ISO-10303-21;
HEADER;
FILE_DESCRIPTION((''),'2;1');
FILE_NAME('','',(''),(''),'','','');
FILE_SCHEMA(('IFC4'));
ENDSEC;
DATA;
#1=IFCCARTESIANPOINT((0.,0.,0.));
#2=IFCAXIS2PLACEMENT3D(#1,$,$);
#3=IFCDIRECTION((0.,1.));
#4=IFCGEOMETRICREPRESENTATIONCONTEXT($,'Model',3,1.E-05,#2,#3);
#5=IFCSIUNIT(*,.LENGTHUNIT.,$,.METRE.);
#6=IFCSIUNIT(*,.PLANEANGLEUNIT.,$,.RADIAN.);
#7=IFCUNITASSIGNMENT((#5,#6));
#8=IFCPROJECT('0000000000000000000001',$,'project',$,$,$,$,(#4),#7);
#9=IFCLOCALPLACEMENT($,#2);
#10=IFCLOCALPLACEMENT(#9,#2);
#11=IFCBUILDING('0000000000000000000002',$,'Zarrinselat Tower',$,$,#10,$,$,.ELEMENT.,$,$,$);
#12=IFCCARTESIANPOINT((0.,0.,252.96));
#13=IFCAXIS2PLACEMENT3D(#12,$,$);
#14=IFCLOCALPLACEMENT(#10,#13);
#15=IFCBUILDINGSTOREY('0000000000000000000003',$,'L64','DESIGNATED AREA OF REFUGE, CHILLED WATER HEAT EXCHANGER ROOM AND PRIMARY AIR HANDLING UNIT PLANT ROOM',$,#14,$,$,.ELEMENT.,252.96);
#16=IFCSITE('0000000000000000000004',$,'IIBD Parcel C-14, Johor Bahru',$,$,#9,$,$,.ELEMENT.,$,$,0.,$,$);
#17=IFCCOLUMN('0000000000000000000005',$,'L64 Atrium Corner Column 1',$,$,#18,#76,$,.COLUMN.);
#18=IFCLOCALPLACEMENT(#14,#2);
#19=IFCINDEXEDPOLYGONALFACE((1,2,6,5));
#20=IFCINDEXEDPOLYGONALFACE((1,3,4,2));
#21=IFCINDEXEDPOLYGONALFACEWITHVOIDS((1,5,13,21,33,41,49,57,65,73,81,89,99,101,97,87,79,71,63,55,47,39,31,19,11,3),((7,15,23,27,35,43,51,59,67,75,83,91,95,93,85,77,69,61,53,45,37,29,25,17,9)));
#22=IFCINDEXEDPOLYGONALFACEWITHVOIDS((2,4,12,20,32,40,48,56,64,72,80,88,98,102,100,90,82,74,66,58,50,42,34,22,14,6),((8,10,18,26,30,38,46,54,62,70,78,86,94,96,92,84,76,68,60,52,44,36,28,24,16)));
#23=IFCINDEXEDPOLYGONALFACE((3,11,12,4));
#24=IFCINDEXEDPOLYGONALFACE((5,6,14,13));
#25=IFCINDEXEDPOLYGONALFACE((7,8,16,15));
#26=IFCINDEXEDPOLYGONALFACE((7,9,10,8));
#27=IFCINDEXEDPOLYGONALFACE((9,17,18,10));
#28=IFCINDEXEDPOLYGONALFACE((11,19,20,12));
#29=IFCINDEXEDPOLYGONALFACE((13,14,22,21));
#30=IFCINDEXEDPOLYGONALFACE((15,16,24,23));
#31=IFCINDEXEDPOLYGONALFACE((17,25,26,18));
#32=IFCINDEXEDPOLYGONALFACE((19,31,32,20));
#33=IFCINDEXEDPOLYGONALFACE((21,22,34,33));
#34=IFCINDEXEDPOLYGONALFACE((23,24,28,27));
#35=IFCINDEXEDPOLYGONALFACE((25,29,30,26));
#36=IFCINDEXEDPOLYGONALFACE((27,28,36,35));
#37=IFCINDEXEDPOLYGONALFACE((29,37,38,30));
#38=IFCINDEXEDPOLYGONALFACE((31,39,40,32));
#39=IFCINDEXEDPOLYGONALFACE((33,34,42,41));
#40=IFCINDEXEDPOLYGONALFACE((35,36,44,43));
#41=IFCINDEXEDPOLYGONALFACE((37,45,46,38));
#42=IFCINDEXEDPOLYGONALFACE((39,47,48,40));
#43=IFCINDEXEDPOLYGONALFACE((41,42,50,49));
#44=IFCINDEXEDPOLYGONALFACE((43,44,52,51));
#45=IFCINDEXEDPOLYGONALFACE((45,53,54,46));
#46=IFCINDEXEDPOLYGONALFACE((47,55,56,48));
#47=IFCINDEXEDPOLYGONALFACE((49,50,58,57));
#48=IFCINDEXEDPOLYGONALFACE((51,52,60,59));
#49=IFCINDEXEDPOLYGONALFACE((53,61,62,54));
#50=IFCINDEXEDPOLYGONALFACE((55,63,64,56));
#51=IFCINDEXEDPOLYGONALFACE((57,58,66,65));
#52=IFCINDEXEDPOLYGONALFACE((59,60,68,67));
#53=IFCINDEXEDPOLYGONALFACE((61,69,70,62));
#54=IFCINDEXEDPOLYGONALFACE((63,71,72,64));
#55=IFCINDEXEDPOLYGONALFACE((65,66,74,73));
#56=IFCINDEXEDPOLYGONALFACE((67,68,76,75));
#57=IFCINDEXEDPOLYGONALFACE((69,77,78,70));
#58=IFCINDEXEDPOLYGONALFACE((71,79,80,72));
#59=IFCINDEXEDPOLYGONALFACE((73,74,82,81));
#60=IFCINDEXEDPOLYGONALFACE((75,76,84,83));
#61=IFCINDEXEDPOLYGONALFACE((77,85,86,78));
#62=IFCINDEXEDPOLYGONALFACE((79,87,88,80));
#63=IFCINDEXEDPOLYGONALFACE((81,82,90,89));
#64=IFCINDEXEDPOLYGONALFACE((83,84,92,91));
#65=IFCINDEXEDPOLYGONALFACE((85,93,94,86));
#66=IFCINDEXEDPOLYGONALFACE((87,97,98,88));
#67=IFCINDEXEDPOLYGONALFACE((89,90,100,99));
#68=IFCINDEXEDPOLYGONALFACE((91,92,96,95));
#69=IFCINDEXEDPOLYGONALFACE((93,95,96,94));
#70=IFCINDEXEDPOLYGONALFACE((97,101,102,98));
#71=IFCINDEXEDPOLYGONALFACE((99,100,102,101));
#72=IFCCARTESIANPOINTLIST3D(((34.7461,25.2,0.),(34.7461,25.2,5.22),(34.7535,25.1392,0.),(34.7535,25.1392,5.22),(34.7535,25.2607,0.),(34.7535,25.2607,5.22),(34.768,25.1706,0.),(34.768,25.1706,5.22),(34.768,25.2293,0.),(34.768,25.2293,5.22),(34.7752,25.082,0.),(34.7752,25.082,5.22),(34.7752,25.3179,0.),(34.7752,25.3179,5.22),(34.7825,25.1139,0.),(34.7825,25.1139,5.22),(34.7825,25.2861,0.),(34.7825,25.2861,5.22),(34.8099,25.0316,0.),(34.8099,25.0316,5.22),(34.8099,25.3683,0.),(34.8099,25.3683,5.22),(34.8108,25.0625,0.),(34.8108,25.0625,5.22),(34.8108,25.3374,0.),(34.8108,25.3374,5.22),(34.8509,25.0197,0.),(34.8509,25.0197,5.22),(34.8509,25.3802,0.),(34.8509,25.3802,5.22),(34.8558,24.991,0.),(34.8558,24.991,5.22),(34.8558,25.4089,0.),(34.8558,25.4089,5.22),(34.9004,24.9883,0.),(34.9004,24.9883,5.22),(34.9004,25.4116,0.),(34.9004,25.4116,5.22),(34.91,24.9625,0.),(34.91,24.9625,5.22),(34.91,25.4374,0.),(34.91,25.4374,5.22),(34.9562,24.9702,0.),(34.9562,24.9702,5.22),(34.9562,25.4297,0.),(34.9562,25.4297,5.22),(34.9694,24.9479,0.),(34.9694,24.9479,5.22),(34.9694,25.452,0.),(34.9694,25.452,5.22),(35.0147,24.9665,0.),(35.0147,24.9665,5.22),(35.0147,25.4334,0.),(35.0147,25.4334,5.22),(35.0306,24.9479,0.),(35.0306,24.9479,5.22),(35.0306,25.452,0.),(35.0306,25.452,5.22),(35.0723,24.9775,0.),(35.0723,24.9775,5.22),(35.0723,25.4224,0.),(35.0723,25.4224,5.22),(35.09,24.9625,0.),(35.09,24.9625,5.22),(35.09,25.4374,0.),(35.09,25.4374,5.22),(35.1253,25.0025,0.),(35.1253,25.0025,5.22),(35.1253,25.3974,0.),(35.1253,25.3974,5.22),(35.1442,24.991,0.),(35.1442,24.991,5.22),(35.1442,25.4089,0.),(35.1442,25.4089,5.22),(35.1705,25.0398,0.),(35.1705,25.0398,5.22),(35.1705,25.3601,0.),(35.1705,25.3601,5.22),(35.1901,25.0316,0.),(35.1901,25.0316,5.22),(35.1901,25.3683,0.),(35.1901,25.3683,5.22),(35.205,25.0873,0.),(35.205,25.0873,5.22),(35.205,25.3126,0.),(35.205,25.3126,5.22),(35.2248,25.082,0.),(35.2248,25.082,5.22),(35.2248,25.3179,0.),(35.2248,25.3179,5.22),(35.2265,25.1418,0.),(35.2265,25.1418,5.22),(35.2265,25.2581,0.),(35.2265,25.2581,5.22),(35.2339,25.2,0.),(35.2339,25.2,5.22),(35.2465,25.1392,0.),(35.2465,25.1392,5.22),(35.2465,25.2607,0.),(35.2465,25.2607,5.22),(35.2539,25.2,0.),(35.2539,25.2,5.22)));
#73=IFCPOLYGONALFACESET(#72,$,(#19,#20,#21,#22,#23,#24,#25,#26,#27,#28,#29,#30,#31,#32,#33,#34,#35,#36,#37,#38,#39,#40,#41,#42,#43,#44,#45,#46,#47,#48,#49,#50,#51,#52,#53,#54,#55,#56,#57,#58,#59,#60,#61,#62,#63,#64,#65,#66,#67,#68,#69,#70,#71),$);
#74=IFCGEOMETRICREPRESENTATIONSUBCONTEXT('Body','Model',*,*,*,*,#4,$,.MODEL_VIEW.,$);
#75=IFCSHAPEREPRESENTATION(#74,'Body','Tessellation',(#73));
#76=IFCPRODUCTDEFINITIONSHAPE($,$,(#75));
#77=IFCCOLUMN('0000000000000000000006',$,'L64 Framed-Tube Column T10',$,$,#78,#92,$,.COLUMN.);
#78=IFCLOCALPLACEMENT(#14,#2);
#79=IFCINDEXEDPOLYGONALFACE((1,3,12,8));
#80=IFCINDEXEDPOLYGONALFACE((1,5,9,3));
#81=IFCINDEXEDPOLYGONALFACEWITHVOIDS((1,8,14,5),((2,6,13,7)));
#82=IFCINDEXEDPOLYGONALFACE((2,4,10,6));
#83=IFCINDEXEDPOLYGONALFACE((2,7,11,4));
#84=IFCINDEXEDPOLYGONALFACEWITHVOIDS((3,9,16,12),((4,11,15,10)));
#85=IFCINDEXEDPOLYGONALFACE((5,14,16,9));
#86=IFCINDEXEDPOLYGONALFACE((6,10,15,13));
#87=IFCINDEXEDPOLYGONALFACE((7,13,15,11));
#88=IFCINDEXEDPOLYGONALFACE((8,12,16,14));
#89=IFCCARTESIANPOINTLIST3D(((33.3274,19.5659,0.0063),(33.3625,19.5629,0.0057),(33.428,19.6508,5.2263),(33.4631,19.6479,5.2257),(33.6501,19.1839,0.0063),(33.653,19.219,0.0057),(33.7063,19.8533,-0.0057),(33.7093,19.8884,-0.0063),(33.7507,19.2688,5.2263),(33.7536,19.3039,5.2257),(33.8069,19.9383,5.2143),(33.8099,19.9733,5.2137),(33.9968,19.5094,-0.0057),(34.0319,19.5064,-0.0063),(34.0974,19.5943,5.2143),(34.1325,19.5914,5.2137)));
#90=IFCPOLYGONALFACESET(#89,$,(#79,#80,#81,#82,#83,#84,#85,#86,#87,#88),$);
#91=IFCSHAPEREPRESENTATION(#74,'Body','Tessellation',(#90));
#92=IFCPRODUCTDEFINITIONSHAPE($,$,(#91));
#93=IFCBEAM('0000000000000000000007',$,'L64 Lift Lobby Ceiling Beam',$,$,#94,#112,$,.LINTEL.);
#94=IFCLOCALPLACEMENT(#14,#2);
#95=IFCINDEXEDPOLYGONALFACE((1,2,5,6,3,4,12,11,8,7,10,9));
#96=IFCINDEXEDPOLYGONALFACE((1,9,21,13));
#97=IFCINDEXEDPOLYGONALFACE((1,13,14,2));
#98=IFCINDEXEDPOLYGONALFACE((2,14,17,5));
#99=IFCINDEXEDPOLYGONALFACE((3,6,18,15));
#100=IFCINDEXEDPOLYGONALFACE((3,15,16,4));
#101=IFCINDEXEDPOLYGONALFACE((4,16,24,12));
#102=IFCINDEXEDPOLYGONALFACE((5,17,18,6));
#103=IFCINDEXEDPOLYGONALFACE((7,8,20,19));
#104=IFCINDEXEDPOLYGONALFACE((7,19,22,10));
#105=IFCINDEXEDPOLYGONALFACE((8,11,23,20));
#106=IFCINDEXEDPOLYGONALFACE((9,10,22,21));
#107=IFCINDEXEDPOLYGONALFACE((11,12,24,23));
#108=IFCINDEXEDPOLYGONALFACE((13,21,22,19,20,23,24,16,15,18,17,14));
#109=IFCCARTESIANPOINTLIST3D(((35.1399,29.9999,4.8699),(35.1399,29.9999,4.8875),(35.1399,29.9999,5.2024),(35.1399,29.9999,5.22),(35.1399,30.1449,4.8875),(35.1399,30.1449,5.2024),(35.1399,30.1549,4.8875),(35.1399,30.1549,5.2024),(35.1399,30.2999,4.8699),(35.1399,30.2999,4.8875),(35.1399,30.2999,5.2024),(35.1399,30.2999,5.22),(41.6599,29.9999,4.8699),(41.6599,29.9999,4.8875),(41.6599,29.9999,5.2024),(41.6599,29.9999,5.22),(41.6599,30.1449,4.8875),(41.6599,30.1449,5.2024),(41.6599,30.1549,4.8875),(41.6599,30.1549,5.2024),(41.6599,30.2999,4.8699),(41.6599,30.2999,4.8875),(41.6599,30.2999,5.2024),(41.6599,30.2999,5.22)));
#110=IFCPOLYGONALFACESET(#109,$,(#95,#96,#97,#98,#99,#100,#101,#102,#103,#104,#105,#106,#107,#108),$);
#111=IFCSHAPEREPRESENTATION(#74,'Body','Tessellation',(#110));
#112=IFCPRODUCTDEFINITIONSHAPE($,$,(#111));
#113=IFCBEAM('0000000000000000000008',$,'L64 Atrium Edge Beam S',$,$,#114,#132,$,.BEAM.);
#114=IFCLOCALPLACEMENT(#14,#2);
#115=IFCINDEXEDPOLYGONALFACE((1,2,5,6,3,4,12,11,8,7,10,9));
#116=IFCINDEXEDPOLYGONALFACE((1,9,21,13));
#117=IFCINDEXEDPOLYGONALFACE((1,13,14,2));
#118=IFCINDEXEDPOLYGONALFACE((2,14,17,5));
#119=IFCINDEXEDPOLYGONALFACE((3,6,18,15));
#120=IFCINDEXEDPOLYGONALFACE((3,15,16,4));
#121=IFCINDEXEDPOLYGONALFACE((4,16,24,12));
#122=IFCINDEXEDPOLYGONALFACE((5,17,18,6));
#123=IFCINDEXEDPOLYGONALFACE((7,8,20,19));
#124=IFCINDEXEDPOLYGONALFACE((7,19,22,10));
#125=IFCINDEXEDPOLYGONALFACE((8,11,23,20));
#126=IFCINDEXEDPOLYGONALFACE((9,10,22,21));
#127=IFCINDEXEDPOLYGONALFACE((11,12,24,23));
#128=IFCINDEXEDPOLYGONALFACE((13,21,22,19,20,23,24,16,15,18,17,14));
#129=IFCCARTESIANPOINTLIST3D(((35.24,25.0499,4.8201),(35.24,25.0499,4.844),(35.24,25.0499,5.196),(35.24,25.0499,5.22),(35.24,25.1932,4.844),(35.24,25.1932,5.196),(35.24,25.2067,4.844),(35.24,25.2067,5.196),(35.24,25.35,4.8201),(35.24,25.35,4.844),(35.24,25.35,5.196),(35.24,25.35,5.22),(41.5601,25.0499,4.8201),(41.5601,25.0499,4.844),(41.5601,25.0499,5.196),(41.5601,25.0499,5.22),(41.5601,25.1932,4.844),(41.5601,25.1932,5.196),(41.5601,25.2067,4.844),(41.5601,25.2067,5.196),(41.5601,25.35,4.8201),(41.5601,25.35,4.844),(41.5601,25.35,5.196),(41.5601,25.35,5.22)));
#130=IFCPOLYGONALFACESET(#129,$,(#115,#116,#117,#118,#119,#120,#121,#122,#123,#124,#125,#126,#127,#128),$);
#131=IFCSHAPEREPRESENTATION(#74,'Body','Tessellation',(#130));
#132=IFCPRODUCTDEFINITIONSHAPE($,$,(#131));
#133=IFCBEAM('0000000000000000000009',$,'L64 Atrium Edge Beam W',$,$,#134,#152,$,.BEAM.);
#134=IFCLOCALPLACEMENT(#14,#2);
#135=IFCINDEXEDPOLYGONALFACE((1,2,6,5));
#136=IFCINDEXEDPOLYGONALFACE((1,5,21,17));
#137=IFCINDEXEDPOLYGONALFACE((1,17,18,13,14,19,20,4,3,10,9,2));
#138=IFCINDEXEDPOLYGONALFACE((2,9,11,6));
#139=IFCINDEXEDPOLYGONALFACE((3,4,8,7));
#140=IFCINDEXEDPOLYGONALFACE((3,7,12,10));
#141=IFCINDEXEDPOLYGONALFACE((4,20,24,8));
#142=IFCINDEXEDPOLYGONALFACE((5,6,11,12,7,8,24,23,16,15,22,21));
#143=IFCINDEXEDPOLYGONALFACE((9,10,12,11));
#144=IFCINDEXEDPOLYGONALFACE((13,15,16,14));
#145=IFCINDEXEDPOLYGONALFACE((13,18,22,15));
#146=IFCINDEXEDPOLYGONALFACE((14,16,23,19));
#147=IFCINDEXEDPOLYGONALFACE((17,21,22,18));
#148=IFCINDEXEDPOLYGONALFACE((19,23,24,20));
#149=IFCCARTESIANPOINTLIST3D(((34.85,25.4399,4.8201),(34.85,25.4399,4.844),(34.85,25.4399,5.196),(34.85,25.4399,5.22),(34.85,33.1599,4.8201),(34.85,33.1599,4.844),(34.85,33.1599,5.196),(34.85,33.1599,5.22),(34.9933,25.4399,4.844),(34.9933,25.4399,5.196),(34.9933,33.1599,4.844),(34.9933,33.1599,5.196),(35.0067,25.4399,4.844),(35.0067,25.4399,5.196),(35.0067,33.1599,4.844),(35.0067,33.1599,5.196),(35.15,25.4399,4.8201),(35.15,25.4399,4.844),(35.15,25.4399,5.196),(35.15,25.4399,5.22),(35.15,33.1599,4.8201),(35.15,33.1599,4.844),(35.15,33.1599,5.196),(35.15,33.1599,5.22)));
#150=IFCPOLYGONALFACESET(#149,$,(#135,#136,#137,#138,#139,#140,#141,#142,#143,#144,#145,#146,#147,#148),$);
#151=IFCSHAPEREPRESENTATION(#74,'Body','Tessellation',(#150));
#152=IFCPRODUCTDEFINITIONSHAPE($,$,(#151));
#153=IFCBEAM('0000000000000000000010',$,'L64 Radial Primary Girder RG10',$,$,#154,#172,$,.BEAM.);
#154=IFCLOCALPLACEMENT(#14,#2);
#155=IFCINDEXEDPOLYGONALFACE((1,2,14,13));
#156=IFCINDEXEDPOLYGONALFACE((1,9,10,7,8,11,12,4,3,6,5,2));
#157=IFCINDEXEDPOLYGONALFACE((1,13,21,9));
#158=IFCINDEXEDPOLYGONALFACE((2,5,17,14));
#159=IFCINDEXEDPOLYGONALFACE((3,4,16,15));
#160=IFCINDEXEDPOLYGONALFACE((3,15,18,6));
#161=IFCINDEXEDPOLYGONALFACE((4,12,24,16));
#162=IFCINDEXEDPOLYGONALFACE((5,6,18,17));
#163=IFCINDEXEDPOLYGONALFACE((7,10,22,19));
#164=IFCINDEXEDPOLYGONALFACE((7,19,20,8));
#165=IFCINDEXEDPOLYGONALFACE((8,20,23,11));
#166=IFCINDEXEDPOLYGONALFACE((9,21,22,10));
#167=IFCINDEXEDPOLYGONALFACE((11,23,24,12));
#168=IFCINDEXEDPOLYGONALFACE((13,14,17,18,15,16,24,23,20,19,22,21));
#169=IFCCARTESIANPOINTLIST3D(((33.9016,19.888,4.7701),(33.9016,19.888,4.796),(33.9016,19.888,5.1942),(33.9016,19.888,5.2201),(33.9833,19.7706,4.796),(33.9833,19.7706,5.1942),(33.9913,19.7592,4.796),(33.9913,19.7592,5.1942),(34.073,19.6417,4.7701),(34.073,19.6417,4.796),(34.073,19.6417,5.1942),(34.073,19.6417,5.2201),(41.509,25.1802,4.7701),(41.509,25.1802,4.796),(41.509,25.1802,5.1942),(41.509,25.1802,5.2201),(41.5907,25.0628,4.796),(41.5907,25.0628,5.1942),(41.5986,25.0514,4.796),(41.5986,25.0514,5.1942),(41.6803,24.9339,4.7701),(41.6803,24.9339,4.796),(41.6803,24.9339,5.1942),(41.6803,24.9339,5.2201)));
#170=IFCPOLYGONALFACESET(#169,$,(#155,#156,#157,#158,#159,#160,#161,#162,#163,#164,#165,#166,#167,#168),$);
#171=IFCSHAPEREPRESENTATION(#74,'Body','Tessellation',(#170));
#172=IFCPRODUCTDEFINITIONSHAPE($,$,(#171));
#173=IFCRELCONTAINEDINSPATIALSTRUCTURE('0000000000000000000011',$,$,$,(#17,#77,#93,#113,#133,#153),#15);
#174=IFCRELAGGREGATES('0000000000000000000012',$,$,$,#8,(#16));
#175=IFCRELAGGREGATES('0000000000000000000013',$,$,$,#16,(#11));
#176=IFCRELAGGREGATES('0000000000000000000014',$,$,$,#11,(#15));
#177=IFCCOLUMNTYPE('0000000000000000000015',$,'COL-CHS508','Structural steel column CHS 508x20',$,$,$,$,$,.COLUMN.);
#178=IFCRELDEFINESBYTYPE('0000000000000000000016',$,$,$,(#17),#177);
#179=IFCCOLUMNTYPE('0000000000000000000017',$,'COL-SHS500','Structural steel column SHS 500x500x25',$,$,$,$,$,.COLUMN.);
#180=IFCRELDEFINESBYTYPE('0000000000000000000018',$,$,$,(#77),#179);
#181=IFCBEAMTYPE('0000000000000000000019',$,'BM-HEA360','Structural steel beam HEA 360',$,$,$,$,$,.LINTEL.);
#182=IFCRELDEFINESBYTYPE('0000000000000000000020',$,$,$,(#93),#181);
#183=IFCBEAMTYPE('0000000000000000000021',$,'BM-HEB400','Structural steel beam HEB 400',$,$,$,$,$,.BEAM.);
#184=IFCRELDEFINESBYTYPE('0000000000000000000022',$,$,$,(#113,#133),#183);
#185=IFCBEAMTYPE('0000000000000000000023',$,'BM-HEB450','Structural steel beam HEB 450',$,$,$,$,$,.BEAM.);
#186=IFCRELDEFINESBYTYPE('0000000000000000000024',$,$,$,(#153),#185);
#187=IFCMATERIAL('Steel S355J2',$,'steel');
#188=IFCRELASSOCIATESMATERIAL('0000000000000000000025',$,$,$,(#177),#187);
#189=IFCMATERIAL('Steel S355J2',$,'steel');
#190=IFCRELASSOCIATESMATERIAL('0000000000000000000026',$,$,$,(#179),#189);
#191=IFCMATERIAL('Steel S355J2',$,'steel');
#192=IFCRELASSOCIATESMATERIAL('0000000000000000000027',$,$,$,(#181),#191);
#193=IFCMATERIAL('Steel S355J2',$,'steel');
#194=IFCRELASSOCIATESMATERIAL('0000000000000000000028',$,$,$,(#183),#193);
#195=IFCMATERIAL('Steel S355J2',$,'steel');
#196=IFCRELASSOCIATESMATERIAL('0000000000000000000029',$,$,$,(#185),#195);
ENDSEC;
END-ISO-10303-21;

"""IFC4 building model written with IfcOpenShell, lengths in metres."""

from ifc_helpers import new_model, si_unit, direction, frame, origin, origin_2d, place, context, subcontext, project, spatial, hollow_rectangle, hollow_circle, i_section, extrude, material, material_profile, profile_set, type_object, element, save


model = new_model("IFC4")

# Units and contexts
model_context = context("Model", 3, precision=1e-05, world=origin(), true_north=direction((0.0, 1.0)))
body_context = subcontext(model_context, "Body", "Model", "MODEL_VIEW")
ifc_project = project(units=[si_unit("LENGTHUNIT", "METRE"), si_unit("PLANEANGLEUNIT", "RADIAN")], contexts=[model_context])

# Site, building, storey
site_placement = place(None, origin())
site = spatial("IfcSite", under=ifc_project, at=site_placement, Name="IIBD Parcel C-14, Johor Bahru", CompositionType="ELEMENT", RefElevation=0.0)
building_placement = place(site_placement, origin())
building = spatial("IfcBuilding", under=site, at=building_placement, Name="Zarrinselat Tower", CompositionType="ELEMENT")
storey_placement = place(building_placement, frame((0.0, 0.0, 252.96)))
storey = spatial("IfcBuildingStorey", under=building, at=storey_placement, Name="L64", Description="DESIGNATED AREA OF REFUGE, CHILLED WATER HEAT EXCHANGER ROOM AND PRIMARY AIR HANDLING UNIT PLANT ROOM", CompositionType="ELEMENT", Elevation=252.96)

# Columns
ifc_material_1 = material(Name="Steel S355J2", Category="steel")
ifc_material_profile_1 = material_profile(ifc_material_1, hollow_circle(Radius=0.2539, WallThickness=0.02, at=origin_2d()), Name="CHS 508x20")
ifc_profile_set_1 = profile_set([ifc_material_profile_1], Name="Steel S355J2")
column_type_1 = type_object("IfcColumnType", Name="COL-CHS508", Description="Structural steel column CHS 508x20", PredefinedType="COLUMN", material=ifc_profile_set_1)
column_1_placement = place(storey_placement, frame((35.0, 25.2, 0.0), z_axis=(0.0, 0.0, 1.0), x_axis=(1.0, 0.0, 0.0)))
element("IfcColumn", 1, at=column_1_placement, inside=storey, type_object=column_type_1, Name="L64 Atrium Corner Column 1", PredefinedType="COLUMN", context=body_context, shape_type="SweptSolid", body=[
    extrude(hollow_circle(Radius=0.2539, WallThickness=0.02, at=origin_2d()), origin(), (0.0, 0.0, 1.0), 5.22),
])
ifc_material_2 = material(Name="Steel S355J2", Category="steel")
ifc_material_profile_2 = material_profile(ifc_material_2, hollow_rectangle(XDim=0.5, YDim=0.5, WallThickness=0.0249, at=origin_2d()), Name="SHS 500x500x25")
ifc_profile_set_2 = profile_set([ifc_material_profile_2], Name="Steel S355J2")
column_type_2 = type_object("IfcColumnType", Name="COL-SHS500", Description="Structural steel column SHS 500x500x25", PredefinedType="COLUMN", material=ifc_profile_set_2)
column_2_placement = place(storey_placement, frame((33.6797, 19.5361, 0.0), z_axis=(0.019263, 0.016271, 0.999682), x_axis=(-0.645277, 0.763949, 0.0)))
element("IfcColumn", 2, at=column_2_placement, inside=storey, type_object=column_type_2, Name="L64 Framed-Tube Column T10", PredefinedType="COLUMN", context=body_context, shape_type="SweptSolid", body=[
    extrude(hollow_rectangle(XDim=0.5, YDim=0.5, WallThickness=0.0249, at=origin_2d()), origin(), (0.0, 0.0, 1.0), 5.2217),
])

# Beams
ifc_material_3 = material(Name="Steel S355J2", Category="steel")
ifc_material_profile_3 = material_profile(ifc_material_3, i_section(OverallWidth=0.3, OverallDepth=0.3501, WebThickness=0.01, FlangeThickness=0.0176, at=origin_2d()), Name="HEA 360")
ifc_profile_set_3 = profile_set([ifc_material_profile_3], Name="Steel S355J2")
beam_type_1 = type_object("IfcBeamType", Name="BM-HEA360", Description="Structural steel beam HEA 360", PredefinedType="LINTEL", material=ifc_profile_set_3)
beam_1_placement = place(storey_placement, frame((35.1399, 30.1499, 5.0449), z_axis=(1.0, 0.0, 0.0), x_axis=(0.0, 1.0, 0.0)))
element("IfcBeam", 3, at=beam_1_placement, inside=storey, type_object=beam_type_1, Name="L64 Lift Lobby Ceiling Beam", PredefinedType="LINTEL", context=body_context, shape_type="SweptSolid", body=[
    extrude(i_section(OverallWidth=0.3, OverallDepth=0.3501, WebThickness=0.01, FlangeThickness=0.0176, at=origin_2d()), origin(), (0.0, 0.0, 1.0), 6.52),
])
ifc_material_4 = material(Name="Steel S355J2", Category="steel")
ifc_material_profile_4 = material_profile(ifc_material_4, i_section(OverallWidth=0.3, OverallDepth=0.3999, WebThickness=0.0134, FlangeThickness=0.0239, at=origin_2d()), Name="HEB 400")
ifc_profile_set_4 = profile_set([ifc_material_profile_4], Name="Steel S355J2")
beam_type_2 = type_object("IfcBeamType", Name="BM-HEB400", Description="Structural steel beam HEB 400", PredefinedType="BEAM", material=ifc_profile_set_4)
beam_2_placement = place(storey_placement, frame((35.24, 25.2, 5.02), z_axis=(1.0, 0.0, 0.0), x_axis=(0.0, 1.0, 0.0)))
element("IfcBeam", 4, at=beam_2_placement, inside=storey, type_object=beam_type_2, Name="L64 Atrium Edge Beam S", PredefinedType="BEAM", context=body_context, shape_type="SweptSolid", body=[
    extrude(i_section(OverallWidth=0.3, OverallDepth=0.3999, WebThickness=0.0134, FlangeThickness=0.0239, at=origin_2d()), origin(), (0.0, 0.0, 1.0), 6.3201),
])
beam_3_placement = place(storey_placement, frame((35.0, 25.4399, 5.02), z_axis=(0.0, 1.0, 0.0), x_axis=(-1.0, 0.0, 0.0)))
element("IfcBeam", 5, at=beam_3_placement, inside=storey, type_object=beam_type_2, Name="L64 Atrium Edge Beam W", PredefinedType="BEAM", context=body_context, shape_type="SweptSolid", body=[
    extrude(i_section(OverallWidth=0.3, OverallDepth=0.3999, WebThickness=0.0134, FlangeThickness=0.0239, at=origin_2d()), origin(), (0.0, 0.0, 1.0), 7.72),
])
ifc_material_5 = material(Name="Steel S355J2", Category="steel")
ifc_material_profile_5 = material_profile(ifc_material_5, i_section(OverallWidth=0.3, OverallDepth=0.45, WebThickness=0.0139, FlangeThickness=0.0259, at=origin_2d()), Name="HEB 450")
ifc_profile_set_5 = profile_set([ifc_material_profile_5], Name="Steel S355J2")
beam_type_3 = type_object("IfcBeamType", Name="BM-HEB450", Description="Structural steel beam HEB 450", PredefinedType="BEAM", material=ifc_profile_set_5)
beam_4_placement = place(storey_placement, frame((33.9873, 19.7649, 4.9951), z_axis=(0.820899, 0.571073, 0.0), x_axis=(-0.571073, 0.820899, 0.0)))
element("IfcBeam", 6, at=beam_4_placement, inside=storey, type_object=beam_type_3, Name="L64 Radial Primary Girder RG10", PredefinedType="BEAM", context=body_context, shape_type="SweptSolid", body=[
    extrude(i_section(OverallWidth=0.3, OverallDepth=0.45, WebThickness=0.0139, FlangeThickness=0.0259, at=origin_2d()), origin(), (0.0, 0.0, 1.0), 9.2671),
])

save(model, "model.ifc")
